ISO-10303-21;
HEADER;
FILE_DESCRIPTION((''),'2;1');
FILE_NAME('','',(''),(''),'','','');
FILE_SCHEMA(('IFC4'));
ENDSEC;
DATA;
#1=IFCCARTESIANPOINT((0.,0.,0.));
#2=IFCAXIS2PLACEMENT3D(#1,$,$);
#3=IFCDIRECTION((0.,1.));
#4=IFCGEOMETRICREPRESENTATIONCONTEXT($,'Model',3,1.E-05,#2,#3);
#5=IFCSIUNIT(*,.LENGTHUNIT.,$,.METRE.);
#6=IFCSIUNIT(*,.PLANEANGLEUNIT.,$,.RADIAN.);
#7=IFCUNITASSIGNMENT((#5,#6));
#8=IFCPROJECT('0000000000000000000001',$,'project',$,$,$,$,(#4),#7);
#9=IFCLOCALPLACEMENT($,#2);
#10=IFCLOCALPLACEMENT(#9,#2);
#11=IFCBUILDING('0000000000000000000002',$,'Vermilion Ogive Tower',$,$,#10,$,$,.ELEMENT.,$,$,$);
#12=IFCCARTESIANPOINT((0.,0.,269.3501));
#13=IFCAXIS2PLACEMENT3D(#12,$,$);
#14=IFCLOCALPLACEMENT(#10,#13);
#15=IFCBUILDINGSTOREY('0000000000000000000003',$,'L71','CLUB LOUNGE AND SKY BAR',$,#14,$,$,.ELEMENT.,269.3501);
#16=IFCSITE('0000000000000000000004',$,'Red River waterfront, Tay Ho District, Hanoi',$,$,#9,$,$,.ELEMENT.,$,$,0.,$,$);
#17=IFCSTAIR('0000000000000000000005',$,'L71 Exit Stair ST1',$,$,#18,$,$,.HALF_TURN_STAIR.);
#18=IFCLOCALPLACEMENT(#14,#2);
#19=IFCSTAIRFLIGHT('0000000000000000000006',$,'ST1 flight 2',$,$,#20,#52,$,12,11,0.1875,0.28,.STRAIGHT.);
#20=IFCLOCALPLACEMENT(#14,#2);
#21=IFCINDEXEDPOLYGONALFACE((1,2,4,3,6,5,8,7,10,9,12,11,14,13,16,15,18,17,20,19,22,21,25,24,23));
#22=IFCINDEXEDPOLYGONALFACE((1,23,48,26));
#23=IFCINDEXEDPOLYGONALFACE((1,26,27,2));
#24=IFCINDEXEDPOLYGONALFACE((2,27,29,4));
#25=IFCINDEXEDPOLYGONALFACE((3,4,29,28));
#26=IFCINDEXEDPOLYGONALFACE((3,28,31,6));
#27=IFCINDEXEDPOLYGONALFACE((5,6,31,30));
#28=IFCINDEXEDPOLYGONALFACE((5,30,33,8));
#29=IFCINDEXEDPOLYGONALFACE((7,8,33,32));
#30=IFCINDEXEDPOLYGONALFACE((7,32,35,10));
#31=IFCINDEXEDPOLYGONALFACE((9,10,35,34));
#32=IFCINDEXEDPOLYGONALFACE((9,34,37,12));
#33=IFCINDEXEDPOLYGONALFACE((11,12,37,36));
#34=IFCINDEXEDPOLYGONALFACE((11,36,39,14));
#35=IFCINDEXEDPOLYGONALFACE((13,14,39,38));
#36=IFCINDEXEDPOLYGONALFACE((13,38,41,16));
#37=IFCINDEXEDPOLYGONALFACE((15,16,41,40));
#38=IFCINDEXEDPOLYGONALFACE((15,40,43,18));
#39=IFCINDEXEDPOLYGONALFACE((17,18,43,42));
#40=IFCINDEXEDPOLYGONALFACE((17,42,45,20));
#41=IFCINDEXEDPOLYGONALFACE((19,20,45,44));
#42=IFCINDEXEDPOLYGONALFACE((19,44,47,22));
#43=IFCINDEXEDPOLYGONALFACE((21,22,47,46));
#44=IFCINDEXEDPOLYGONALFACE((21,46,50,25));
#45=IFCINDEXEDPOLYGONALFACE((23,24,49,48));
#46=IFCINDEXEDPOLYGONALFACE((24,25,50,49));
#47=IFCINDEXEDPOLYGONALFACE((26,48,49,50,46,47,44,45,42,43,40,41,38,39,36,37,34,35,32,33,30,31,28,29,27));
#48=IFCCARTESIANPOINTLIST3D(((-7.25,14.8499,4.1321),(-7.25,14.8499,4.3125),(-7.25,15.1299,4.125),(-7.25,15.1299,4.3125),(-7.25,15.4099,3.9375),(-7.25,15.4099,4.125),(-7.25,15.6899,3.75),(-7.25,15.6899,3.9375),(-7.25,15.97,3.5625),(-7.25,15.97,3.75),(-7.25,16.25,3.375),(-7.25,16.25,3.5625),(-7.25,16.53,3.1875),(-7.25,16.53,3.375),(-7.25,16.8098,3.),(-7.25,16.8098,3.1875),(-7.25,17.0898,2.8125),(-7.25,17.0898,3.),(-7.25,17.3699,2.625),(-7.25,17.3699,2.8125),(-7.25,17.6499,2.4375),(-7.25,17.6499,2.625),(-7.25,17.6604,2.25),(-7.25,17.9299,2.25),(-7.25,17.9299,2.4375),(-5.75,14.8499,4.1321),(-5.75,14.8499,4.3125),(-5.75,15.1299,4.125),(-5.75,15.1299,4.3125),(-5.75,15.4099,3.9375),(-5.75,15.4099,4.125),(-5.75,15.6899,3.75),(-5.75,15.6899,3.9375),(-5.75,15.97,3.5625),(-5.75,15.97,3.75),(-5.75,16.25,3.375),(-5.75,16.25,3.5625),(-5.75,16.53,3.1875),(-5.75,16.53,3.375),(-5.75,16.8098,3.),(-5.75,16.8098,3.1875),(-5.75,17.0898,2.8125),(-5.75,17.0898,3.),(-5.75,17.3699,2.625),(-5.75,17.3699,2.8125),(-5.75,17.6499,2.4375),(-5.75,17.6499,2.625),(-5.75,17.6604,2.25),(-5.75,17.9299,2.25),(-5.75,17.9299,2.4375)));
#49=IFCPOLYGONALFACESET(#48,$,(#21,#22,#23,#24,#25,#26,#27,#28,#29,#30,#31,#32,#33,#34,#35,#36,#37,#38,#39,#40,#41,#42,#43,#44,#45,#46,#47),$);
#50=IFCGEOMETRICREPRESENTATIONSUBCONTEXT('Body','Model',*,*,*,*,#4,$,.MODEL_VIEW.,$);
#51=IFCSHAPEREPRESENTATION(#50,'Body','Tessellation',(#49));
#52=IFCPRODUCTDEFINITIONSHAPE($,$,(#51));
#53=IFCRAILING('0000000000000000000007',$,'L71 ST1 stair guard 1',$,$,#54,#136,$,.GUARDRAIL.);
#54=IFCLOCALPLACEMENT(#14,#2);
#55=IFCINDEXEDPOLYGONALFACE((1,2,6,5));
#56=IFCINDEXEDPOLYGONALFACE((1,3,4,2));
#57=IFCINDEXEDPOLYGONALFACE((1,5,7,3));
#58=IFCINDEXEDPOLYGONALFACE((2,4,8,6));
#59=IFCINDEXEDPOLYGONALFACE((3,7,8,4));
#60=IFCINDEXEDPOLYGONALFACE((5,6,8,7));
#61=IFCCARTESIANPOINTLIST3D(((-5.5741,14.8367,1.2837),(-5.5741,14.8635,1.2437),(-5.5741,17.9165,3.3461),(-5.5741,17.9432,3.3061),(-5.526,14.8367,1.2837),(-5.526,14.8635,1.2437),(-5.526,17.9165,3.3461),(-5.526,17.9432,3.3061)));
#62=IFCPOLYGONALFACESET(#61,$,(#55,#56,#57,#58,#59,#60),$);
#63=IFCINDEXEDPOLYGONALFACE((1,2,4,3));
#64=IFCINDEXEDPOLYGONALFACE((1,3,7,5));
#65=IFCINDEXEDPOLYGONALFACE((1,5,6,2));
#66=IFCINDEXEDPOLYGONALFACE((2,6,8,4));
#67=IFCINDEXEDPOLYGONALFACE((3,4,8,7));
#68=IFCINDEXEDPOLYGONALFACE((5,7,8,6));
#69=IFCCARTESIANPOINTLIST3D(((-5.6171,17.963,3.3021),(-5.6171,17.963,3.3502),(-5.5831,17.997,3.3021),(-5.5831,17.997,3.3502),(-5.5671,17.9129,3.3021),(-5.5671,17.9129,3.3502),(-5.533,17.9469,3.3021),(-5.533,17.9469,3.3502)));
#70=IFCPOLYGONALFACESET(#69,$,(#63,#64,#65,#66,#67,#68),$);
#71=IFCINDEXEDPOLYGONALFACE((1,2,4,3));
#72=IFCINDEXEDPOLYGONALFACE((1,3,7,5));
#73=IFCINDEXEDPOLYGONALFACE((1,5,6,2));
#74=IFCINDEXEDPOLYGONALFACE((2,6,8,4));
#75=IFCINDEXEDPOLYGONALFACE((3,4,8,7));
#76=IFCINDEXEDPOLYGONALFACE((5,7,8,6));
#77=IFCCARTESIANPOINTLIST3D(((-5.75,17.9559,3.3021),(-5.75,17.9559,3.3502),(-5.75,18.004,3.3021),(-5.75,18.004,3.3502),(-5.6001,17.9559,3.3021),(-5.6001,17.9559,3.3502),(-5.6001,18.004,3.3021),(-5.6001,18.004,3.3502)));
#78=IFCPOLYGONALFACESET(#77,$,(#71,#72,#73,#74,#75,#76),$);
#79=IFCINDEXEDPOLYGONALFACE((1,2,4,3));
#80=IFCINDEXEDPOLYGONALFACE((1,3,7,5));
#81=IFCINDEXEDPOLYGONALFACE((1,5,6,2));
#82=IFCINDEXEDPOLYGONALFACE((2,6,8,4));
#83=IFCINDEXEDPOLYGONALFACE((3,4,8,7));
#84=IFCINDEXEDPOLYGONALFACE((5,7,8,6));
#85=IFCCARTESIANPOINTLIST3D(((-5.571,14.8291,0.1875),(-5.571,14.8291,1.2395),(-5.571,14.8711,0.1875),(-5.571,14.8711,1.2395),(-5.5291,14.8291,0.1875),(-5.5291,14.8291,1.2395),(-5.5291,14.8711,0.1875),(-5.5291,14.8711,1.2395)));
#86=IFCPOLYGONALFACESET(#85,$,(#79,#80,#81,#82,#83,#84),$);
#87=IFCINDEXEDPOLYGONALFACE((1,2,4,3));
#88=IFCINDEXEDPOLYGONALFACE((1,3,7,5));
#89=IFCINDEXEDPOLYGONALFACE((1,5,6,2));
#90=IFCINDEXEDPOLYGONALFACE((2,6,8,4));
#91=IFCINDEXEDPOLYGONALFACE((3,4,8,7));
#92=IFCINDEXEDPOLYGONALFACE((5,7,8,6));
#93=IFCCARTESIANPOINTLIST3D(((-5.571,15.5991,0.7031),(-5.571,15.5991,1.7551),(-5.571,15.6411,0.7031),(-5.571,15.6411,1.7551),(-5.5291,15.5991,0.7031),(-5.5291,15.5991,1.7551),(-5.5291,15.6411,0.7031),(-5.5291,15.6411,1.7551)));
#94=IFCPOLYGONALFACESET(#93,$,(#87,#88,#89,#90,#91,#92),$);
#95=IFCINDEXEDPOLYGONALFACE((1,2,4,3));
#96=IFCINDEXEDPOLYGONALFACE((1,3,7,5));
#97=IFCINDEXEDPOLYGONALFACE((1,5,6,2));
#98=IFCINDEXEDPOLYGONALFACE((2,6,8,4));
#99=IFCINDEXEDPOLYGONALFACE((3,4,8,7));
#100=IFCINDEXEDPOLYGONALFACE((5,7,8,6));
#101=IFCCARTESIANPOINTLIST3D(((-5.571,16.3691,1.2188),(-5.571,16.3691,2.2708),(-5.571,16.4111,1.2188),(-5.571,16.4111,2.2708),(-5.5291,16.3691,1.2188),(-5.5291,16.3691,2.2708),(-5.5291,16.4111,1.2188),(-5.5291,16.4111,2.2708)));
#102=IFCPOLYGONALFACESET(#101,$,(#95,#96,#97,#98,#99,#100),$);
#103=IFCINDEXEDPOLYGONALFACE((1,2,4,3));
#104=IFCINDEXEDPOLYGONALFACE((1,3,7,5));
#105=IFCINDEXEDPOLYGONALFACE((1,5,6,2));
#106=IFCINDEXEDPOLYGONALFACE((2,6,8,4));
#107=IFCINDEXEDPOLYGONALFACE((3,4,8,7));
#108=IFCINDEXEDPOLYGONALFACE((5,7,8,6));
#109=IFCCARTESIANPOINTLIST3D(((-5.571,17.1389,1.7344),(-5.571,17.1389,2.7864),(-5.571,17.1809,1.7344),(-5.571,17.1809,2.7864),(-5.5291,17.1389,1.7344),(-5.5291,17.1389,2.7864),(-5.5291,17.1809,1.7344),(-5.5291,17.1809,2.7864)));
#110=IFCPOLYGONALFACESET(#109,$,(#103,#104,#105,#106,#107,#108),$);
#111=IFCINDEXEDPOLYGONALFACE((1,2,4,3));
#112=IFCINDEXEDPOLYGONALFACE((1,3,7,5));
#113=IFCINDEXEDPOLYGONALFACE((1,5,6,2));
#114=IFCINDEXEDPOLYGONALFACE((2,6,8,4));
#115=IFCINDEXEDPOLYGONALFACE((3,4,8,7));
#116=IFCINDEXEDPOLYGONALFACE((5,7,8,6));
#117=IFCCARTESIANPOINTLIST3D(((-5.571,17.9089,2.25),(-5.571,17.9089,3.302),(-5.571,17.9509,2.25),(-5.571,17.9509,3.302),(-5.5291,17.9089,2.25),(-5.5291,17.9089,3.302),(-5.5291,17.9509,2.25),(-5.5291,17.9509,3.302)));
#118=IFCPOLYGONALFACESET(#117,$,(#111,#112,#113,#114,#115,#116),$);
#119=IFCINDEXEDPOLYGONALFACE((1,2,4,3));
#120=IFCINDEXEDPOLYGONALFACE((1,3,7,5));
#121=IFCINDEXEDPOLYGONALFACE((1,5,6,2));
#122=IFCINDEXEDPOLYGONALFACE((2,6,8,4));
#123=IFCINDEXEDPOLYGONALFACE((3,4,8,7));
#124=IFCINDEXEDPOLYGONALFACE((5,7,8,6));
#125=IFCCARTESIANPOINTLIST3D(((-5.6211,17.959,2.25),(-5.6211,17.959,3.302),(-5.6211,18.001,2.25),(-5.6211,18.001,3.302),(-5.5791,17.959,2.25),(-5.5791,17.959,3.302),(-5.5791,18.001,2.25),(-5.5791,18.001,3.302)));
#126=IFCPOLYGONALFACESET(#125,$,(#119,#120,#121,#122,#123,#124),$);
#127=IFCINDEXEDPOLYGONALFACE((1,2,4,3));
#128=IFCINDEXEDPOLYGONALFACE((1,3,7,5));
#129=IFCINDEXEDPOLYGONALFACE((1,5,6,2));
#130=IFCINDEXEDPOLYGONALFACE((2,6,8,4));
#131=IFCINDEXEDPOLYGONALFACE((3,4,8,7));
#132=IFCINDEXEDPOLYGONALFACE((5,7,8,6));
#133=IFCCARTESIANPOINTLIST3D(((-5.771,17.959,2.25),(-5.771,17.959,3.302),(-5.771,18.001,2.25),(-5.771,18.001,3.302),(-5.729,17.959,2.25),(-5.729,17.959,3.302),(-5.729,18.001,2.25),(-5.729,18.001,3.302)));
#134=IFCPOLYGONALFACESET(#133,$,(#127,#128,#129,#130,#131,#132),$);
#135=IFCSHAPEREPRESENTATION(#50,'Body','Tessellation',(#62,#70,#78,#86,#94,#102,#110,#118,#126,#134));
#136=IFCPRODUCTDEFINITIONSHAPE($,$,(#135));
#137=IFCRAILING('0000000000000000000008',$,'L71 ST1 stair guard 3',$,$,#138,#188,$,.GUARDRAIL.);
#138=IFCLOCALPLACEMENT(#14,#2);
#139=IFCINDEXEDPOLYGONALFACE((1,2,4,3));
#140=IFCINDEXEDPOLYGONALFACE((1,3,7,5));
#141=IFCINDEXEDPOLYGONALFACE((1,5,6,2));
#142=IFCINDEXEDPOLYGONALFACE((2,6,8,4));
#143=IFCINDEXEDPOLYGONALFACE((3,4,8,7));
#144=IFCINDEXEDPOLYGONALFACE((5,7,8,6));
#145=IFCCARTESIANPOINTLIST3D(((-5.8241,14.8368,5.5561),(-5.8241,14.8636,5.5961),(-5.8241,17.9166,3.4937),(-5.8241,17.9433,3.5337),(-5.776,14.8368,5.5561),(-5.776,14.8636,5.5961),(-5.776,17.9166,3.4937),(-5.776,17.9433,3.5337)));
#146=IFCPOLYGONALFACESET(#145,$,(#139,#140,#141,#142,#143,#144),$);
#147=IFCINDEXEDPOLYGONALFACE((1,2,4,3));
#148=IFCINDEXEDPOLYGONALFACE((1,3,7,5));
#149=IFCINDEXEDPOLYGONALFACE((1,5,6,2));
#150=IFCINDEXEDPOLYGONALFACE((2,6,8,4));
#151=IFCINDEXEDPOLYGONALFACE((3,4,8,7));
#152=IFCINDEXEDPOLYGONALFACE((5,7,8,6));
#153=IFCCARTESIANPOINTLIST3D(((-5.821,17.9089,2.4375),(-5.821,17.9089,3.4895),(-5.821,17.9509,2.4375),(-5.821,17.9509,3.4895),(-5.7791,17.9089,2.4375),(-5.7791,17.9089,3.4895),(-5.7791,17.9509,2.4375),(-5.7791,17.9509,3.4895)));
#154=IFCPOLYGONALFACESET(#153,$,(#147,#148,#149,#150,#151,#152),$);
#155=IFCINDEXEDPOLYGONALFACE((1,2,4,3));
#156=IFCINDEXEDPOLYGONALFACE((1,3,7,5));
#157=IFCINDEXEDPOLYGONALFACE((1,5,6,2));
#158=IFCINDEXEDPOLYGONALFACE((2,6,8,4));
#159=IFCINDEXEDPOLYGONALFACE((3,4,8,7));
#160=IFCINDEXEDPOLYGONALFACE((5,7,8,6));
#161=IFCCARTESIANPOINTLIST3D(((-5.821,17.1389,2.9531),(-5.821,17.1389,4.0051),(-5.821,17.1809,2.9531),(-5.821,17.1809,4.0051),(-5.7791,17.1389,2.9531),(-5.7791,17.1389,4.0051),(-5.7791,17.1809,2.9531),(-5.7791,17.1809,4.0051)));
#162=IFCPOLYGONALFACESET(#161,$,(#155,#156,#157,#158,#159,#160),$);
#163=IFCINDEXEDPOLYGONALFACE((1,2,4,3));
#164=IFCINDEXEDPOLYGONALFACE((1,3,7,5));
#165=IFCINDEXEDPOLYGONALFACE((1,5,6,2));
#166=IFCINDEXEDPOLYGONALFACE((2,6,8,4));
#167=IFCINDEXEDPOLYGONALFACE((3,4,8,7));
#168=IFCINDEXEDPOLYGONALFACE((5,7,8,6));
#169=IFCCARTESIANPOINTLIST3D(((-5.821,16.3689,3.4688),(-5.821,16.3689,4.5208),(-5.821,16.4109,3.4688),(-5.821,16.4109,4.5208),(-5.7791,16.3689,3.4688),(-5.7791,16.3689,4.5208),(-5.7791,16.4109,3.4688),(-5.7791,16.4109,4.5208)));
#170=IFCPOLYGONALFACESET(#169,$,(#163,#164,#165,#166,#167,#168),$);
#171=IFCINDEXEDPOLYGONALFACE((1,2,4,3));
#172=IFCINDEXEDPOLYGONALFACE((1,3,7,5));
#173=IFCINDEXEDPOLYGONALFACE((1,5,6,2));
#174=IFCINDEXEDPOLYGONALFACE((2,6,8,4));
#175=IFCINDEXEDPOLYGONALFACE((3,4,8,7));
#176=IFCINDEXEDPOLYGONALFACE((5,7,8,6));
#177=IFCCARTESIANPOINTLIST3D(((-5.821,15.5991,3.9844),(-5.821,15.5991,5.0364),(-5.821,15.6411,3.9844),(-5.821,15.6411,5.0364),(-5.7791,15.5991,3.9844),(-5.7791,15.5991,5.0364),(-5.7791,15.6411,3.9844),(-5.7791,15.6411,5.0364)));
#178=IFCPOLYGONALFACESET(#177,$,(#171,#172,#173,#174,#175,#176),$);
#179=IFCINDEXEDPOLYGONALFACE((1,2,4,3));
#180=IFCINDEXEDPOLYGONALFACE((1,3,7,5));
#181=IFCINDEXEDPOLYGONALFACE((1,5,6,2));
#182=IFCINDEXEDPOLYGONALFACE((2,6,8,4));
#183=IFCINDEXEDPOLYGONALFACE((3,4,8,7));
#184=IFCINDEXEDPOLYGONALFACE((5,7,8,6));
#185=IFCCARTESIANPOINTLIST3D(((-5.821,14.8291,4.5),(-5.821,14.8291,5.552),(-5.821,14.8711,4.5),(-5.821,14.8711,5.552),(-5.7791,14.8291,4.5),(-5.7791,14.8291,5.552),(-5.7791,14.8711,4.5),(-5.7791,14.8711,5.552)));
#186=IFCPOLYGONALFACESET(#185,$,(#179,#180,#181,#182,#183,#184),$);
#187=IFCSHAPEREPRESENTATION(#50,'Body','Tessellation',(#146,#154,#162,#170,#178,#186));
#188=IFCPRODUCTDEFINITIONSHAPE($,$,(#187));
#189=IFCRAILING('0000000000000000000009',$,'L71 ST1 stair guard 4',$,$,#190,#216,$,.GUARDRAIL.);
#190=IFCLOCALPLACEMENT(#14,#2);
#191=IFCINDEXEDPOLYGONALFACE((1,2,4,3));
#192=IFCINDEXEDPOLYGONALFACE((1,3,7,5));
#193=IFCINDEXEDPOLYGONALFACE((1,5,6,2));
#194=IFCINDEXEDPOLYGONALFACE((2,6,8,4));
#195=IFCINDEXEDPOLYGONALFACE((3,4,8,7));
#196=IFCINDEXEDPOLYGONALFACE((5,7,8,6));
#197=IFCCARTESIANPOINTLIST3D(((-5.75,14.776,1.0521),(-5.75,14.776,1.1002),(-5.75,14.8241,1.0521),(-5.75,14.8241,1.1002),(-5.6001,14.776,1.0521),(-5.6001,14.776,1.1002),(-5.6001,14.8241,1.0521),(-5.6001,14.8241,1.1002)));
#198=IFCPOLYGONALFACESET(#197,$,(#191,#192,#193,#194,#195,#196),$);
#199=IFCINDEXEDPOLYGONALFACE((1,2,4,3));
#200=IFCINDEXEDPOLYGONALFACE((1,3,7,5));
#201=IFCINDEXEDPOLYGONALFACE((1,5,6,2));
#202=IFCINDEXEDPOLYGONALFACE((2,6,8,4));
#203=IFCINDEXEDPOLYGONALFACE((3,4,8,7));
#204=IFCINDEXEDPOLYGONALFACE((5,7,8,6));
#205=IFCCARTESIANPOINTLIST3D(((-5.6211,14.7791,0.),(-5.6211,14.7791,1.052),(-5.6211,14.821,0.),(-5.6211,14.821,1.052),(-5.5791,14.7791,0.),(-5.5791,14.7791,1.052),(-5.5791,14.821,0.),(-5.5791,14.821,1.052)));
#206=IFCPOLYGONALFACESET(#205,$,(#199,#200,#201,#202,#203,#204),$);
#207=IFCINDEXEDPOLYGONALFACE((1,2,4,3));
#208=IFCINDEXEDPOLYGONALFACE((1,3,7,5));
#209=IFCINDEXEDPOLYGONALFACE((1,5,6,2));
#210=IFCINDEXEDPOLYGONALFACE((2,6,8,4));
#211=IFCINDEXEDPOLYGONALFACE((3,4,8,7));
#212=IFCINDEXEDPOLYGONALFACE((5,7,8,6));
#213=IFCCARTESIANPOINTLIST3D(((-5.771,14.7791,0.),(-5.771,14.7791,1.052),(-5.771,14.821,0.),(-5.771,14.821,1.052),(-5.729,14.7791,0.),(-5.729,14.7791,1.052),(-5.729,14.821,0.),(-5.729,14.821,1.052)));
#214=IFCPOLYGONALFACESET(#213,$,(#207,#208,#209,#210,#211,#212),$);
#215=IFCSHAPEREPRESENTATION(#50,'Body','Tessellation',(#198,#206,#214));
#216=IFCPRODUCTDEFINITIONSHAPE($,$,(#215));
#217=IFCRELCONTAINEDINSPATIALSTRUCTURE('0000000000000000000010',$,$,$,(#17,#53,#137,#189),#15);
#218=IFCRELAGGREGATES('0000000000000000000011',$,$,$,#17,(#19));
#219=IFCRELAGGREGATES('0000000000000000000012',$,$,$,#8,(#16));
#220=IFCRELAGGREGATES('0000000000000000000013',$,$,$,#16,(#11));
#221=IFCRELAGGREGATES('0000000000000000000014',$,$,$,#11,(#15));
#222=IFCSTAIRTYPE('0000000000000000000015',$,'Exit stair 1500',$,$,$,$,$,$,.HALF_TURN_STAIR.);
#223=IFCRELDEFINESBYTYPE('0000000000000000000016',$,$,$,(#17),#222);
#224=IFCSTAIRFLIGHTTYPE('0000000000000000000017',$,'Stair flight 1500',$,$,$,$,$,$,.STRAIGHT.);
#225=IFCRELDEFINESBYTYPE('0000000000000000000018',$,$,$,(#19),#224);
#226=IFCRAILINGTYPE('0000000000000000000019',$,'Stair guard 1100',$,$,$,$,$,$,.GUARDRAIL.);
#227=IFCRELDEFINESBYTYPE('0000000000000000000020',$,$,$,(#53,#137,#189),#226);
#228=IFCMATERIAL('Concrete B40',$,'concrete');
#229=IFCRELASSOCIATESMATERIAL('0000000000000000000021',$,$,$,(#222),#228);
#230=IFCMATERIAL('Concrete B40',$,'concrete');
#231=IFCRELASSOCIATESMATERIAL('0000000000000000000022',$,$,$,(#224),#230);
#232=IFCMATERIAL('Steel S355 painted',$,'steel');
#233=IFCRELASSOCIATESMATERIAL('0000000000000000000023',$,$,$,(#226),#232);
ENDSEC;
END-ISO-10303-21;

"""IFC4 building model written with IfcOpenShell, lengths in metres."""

from ifc_helpers import new_model, si_unit, direction, frame, origin, origin_2d, place, context, subcontext, project, spatial, polyline, rectangle, outline, extrude, material, type_object, element, aggregate, save


model = new_model("IFC4")

# Units and contexts
model_context = context("Model", 3, precision=1e-05, world=origin(), true_north=direction((0.0, 1.0)))
body_context = subcontext(model_context, "Body", "Model", "MODEL_VIEW")
ifc_project = project(units=[si_unit("LENGTHUNIT", "METRE"), si_unit("PLANEANGLEUNIT", "RADIAN")], contexts=[model_context])

# Site, building, storey
site_placement = place(None, origin())
site = spatial("IfcSite", under=ifc_project, at=site_placement, Name="Red River waterfront, Tay Ho District, Hanoi", CompositionType="ELEMENT", RefElevation=0.0)
building_placement = place(site_placement, origin())
building = spatial("IfcBuilding", under=site, at=building_placement, Name="Vermilion Ogive Tower", CompositionType="ELEMENT")
storey_placement = place(building_placement, frame((0.0, 0.0, 269.3501)))
storey = spatial("IfcBuildingStorey", under=building, at=storey_placement, Name="L71", Description="CLUB LOUNGE AND SKY BAR", CompositionType="ELEMENT", Elevation=269.3501)

# Stair, stair flight
ifc_material_1 = material(Name="Concrete B40", Category="concrete")
stair_type = type_object("IfcStairType", Name="Exit stair 1500", PredefinedType="HALF_TURN_STAIR", material=ifc_material_1)
stair_placement = place(storey_placement, origin())
stair = element("IfcStair", 1, at=stair_placement, inside=storey, type_object=stair_type, Name="L71 Exit Stair ST1", PredefinedType="HALF_TURN_STAIR")
ifc_material_2 = material(Name="Concrete B40", Category="concrete")
stair_flight_type = type_object("IfcStairFlightType", Name="Stair flight 1500", PredefinedType="STRAIGHT", material=ifc_material_2)
stair_flight_1_placement = place(storey_placement, frame((-6.5, 17.9299, 2.25), z_axis=(0.0, 0.0, 1.0), x_axis=(0.0, -1.0, 0.0)))
stair_flight_1 = element("IfcStairFlight", 2, at=stair_flight_1_placement, type_object=stair_flight_type, Name="ST1 flight 2", NumberOfRisers=12, NumberOfTreads=11, PredefinedType="STRAIGHT", RiserHeight=0.1875, TreadLength=0.28, context=body_context, shape_type="SweptSolid", body=[
    extrude(outline(polyline([(0.0, 0.0), (0.0, 0.1875), (0.28, 0.1875), (0.28, 0.375), (0.5601, 0.375), (0.5601, 0.5625), (0.8401, 0.5625), (0.8401, 0.75), (1.1201, 0.75), (1.1201, 0.9375), (1.3999, 0.9375), (1.3999, 1.125), (1.6799, 1.125), (1.6799, 1.3125), (1.96, 1.3125), (1.96, 1.5), (2.24, 1.5), (2.24, 1.6875), (2.52, 1.6875), (2.52, 1.875), (2.8, 1.875), (2.8, 2.0625), (3.0801, 2.0625), (3.0801, 2.25), (3.0801, 1.8821), (0.2695, 0.0), (0.0, 0.0)])), frame((0.0, 0.75, 0.0), z_axis=(0.0, -1.0, 0.0), x_axis=(1.0, 0.0, 0.0)), (0.0, 0.0, 1.0), 1.5),
])
aggregate(stair, [stair_flight_1])

# Railings
ifc_material_3 = material(Name="Steel S355 painted", Category="steel")
railing_type_1 = type_object("IfcRailingType", Name="Stair guard 1100", PredefinedType="GUARDRAIL", material=ifc_material_3)
railing_1_placement = place(storey_placement, frame((-5.55, 14.8501, 0.1875)))
element("IfcRailing", 3, at=railing_1_placement, inside=storey, type_object=railing_type_1, Name="L71 ST1 stair guard 1", PredefinedType="GUARDRAIL", context=body_context, shape_type="SweptSolid", body=[
    extrude(rectangle(XDim=0.0481, YDim=0.0481, at=origin_2d()), frame((0.0, 0.0, 1.0762), z_axis=(0.0, 0.830893, 0.556432), x_axis=(-1.0, 0.0, 0.0)), (0.0, 0.0, 1.0), 3.7065),
    extrude(rectangle(XDim=0.0481, YDim=0.0481, at=origin_2d()), frame((0.0, 3.0798, 3.1387), z_axis=(-0.707107, 0.707107, 0.0), x_axis=(-0.707107, -0.707107, 0.0)), (0.0, 0.0, 1.0), 0.0708),
    extrude(rectangle(XDim=0.0481, YDim=0.0481, at=origin_2d()), frame((-0.05, 3.1299, 3.1387), z_axis=(-1.0, 0.0, 0.0), x_axis=(0.0, -1.0, 0.0)), (0.0, 0.0, 1.0), 0.1499),
    extrude(rectangle(XDim=0.042, YDim=0.042, at=origin_2d()), origin(), (0.0, 0.0, 1.0), 1.052),
    extrude(rectangle(XDim=0.042, YDim=0.042, at=origin_2d()), frame((0.0, 0.77, 0.5156)), (0.0, 0.0, 1.0), 1.052),
    extrude(rectangle(XDim=0.042, YDim=0.042, at=origin_2d()), frame((0.0, 1.54, 1.0312)), (0.0, 0.0, 1.0), 1.052),
    extrude(rectangle(XDim=0.042, YDim=0.042, at=origin_2d()), frame((0.0, 2.3098, 1.5469)), (0.0, 0.0, 1.0), 1.052),
    extrude(rectangle(XDim=0.042, YDim=0.042, at=origin_2d()), frame((0.0, 3.0798, 2.0625)), (0.0, 0.0, 1.0), 1.052),
    extrude(rectangle(XDim=0.042, YDim=0.042, at=origin_2d()), frame((-0.05, 3.1299, 2.0625)), (0.0, 0.0, 1.0), 1.052),
    extrude(rectangle(XDim=0.042, YDim=0.042, at=origin_2d()), frame((-0.2, 3.1299, 2.0625)), (0.0, 0.0, 1.0), 1.052),
])
railing_2_placement = place(storey_placement, frame((-5.8, 17.9299, 2.4375)))
element("IfcRailing", 4, at=railing_2_placement, inside=storey, type_object=railing_type_1, Name="L71 ST1 stair guard 3", PredefinedType="GUARDRAIL", context=body_context, shape_type="SweptSolid", body=[
    extrude(rectangle(XDim=0.0481, YDim=0.0481, at=origin_2d()), frame((0.0, 0.0, 1.0762), z_axis=(0.0, -0.830893, 0.556432), x_axis=(1.0, 0.0, 0.0)), (0.0, 0.0, 1.0), 3.7065),
    extrude(rectangle(XDim=0.042, YDim=0.042, at=origin_2d()), origin(), (0.0, 0.0, 1.0), 1.052),
    extrude(rectangle(XDim=0.042, YDim=0.042, at=origin_2d()), frame((0.0, -0.77, 0.5156)), (0.0, 0.0, 1.0), 1.052),
    extrude(rectangle(XDim=0.042, YDim=0.042, at=origin_2d()), frame((0.0, -1.54, 1.0312)), (0.0, 0.0, 1.0), 1.052),
    extrude(rectangle(XDim=0.042, YDim=0.042, at=origin_2d()), frame((0.0, -2.3098, 1.5469)), (0.0, 0.0, 1.0), 1.052),
    extrude(rectangle(XDim=0.042, YDim=0.042, at=origin_2d()), frame((0.0, -3.0798, 2.0625)), (0.0, 0.0, 1.0), 1.052),
])
railing_3_placement = place(storey_placement, frame((-5.6001, 14.8, 0.0)))
element("IfcRailing", 5, at=railing_3_placement, inside=storey, type_object=railing_type_1, Name="L71 ST1 stair guard 4", PredefinedType="GUARDRAIL", context=body_context, shape_type="SweptSolid", body=[
    extrude(rectangle(XDim=0.0481, YDim=0.0481, at=origin_2d()), frame((0.0, 0.0, 1.0762), z_axis=(-1.0, 0.0, 0.0), x_axis=(0.0, -1.0, 0.0)), (0.0, 0.0, 1.0), 0.1499),
    extrude(rectangle(XDim=0.042, YDim=0.042, at=origin_2d()), origin(), (0.0, 0.0, 1.0), 1.052),
    extrude(rectangle(XDim=0.042, YDim=0.042, at=origin_2d()), frame((-0.1499, 0.0, 0.0)), (0.0, 0.0, 1.0), 1.052),
])

save(model, "model.ifc")
